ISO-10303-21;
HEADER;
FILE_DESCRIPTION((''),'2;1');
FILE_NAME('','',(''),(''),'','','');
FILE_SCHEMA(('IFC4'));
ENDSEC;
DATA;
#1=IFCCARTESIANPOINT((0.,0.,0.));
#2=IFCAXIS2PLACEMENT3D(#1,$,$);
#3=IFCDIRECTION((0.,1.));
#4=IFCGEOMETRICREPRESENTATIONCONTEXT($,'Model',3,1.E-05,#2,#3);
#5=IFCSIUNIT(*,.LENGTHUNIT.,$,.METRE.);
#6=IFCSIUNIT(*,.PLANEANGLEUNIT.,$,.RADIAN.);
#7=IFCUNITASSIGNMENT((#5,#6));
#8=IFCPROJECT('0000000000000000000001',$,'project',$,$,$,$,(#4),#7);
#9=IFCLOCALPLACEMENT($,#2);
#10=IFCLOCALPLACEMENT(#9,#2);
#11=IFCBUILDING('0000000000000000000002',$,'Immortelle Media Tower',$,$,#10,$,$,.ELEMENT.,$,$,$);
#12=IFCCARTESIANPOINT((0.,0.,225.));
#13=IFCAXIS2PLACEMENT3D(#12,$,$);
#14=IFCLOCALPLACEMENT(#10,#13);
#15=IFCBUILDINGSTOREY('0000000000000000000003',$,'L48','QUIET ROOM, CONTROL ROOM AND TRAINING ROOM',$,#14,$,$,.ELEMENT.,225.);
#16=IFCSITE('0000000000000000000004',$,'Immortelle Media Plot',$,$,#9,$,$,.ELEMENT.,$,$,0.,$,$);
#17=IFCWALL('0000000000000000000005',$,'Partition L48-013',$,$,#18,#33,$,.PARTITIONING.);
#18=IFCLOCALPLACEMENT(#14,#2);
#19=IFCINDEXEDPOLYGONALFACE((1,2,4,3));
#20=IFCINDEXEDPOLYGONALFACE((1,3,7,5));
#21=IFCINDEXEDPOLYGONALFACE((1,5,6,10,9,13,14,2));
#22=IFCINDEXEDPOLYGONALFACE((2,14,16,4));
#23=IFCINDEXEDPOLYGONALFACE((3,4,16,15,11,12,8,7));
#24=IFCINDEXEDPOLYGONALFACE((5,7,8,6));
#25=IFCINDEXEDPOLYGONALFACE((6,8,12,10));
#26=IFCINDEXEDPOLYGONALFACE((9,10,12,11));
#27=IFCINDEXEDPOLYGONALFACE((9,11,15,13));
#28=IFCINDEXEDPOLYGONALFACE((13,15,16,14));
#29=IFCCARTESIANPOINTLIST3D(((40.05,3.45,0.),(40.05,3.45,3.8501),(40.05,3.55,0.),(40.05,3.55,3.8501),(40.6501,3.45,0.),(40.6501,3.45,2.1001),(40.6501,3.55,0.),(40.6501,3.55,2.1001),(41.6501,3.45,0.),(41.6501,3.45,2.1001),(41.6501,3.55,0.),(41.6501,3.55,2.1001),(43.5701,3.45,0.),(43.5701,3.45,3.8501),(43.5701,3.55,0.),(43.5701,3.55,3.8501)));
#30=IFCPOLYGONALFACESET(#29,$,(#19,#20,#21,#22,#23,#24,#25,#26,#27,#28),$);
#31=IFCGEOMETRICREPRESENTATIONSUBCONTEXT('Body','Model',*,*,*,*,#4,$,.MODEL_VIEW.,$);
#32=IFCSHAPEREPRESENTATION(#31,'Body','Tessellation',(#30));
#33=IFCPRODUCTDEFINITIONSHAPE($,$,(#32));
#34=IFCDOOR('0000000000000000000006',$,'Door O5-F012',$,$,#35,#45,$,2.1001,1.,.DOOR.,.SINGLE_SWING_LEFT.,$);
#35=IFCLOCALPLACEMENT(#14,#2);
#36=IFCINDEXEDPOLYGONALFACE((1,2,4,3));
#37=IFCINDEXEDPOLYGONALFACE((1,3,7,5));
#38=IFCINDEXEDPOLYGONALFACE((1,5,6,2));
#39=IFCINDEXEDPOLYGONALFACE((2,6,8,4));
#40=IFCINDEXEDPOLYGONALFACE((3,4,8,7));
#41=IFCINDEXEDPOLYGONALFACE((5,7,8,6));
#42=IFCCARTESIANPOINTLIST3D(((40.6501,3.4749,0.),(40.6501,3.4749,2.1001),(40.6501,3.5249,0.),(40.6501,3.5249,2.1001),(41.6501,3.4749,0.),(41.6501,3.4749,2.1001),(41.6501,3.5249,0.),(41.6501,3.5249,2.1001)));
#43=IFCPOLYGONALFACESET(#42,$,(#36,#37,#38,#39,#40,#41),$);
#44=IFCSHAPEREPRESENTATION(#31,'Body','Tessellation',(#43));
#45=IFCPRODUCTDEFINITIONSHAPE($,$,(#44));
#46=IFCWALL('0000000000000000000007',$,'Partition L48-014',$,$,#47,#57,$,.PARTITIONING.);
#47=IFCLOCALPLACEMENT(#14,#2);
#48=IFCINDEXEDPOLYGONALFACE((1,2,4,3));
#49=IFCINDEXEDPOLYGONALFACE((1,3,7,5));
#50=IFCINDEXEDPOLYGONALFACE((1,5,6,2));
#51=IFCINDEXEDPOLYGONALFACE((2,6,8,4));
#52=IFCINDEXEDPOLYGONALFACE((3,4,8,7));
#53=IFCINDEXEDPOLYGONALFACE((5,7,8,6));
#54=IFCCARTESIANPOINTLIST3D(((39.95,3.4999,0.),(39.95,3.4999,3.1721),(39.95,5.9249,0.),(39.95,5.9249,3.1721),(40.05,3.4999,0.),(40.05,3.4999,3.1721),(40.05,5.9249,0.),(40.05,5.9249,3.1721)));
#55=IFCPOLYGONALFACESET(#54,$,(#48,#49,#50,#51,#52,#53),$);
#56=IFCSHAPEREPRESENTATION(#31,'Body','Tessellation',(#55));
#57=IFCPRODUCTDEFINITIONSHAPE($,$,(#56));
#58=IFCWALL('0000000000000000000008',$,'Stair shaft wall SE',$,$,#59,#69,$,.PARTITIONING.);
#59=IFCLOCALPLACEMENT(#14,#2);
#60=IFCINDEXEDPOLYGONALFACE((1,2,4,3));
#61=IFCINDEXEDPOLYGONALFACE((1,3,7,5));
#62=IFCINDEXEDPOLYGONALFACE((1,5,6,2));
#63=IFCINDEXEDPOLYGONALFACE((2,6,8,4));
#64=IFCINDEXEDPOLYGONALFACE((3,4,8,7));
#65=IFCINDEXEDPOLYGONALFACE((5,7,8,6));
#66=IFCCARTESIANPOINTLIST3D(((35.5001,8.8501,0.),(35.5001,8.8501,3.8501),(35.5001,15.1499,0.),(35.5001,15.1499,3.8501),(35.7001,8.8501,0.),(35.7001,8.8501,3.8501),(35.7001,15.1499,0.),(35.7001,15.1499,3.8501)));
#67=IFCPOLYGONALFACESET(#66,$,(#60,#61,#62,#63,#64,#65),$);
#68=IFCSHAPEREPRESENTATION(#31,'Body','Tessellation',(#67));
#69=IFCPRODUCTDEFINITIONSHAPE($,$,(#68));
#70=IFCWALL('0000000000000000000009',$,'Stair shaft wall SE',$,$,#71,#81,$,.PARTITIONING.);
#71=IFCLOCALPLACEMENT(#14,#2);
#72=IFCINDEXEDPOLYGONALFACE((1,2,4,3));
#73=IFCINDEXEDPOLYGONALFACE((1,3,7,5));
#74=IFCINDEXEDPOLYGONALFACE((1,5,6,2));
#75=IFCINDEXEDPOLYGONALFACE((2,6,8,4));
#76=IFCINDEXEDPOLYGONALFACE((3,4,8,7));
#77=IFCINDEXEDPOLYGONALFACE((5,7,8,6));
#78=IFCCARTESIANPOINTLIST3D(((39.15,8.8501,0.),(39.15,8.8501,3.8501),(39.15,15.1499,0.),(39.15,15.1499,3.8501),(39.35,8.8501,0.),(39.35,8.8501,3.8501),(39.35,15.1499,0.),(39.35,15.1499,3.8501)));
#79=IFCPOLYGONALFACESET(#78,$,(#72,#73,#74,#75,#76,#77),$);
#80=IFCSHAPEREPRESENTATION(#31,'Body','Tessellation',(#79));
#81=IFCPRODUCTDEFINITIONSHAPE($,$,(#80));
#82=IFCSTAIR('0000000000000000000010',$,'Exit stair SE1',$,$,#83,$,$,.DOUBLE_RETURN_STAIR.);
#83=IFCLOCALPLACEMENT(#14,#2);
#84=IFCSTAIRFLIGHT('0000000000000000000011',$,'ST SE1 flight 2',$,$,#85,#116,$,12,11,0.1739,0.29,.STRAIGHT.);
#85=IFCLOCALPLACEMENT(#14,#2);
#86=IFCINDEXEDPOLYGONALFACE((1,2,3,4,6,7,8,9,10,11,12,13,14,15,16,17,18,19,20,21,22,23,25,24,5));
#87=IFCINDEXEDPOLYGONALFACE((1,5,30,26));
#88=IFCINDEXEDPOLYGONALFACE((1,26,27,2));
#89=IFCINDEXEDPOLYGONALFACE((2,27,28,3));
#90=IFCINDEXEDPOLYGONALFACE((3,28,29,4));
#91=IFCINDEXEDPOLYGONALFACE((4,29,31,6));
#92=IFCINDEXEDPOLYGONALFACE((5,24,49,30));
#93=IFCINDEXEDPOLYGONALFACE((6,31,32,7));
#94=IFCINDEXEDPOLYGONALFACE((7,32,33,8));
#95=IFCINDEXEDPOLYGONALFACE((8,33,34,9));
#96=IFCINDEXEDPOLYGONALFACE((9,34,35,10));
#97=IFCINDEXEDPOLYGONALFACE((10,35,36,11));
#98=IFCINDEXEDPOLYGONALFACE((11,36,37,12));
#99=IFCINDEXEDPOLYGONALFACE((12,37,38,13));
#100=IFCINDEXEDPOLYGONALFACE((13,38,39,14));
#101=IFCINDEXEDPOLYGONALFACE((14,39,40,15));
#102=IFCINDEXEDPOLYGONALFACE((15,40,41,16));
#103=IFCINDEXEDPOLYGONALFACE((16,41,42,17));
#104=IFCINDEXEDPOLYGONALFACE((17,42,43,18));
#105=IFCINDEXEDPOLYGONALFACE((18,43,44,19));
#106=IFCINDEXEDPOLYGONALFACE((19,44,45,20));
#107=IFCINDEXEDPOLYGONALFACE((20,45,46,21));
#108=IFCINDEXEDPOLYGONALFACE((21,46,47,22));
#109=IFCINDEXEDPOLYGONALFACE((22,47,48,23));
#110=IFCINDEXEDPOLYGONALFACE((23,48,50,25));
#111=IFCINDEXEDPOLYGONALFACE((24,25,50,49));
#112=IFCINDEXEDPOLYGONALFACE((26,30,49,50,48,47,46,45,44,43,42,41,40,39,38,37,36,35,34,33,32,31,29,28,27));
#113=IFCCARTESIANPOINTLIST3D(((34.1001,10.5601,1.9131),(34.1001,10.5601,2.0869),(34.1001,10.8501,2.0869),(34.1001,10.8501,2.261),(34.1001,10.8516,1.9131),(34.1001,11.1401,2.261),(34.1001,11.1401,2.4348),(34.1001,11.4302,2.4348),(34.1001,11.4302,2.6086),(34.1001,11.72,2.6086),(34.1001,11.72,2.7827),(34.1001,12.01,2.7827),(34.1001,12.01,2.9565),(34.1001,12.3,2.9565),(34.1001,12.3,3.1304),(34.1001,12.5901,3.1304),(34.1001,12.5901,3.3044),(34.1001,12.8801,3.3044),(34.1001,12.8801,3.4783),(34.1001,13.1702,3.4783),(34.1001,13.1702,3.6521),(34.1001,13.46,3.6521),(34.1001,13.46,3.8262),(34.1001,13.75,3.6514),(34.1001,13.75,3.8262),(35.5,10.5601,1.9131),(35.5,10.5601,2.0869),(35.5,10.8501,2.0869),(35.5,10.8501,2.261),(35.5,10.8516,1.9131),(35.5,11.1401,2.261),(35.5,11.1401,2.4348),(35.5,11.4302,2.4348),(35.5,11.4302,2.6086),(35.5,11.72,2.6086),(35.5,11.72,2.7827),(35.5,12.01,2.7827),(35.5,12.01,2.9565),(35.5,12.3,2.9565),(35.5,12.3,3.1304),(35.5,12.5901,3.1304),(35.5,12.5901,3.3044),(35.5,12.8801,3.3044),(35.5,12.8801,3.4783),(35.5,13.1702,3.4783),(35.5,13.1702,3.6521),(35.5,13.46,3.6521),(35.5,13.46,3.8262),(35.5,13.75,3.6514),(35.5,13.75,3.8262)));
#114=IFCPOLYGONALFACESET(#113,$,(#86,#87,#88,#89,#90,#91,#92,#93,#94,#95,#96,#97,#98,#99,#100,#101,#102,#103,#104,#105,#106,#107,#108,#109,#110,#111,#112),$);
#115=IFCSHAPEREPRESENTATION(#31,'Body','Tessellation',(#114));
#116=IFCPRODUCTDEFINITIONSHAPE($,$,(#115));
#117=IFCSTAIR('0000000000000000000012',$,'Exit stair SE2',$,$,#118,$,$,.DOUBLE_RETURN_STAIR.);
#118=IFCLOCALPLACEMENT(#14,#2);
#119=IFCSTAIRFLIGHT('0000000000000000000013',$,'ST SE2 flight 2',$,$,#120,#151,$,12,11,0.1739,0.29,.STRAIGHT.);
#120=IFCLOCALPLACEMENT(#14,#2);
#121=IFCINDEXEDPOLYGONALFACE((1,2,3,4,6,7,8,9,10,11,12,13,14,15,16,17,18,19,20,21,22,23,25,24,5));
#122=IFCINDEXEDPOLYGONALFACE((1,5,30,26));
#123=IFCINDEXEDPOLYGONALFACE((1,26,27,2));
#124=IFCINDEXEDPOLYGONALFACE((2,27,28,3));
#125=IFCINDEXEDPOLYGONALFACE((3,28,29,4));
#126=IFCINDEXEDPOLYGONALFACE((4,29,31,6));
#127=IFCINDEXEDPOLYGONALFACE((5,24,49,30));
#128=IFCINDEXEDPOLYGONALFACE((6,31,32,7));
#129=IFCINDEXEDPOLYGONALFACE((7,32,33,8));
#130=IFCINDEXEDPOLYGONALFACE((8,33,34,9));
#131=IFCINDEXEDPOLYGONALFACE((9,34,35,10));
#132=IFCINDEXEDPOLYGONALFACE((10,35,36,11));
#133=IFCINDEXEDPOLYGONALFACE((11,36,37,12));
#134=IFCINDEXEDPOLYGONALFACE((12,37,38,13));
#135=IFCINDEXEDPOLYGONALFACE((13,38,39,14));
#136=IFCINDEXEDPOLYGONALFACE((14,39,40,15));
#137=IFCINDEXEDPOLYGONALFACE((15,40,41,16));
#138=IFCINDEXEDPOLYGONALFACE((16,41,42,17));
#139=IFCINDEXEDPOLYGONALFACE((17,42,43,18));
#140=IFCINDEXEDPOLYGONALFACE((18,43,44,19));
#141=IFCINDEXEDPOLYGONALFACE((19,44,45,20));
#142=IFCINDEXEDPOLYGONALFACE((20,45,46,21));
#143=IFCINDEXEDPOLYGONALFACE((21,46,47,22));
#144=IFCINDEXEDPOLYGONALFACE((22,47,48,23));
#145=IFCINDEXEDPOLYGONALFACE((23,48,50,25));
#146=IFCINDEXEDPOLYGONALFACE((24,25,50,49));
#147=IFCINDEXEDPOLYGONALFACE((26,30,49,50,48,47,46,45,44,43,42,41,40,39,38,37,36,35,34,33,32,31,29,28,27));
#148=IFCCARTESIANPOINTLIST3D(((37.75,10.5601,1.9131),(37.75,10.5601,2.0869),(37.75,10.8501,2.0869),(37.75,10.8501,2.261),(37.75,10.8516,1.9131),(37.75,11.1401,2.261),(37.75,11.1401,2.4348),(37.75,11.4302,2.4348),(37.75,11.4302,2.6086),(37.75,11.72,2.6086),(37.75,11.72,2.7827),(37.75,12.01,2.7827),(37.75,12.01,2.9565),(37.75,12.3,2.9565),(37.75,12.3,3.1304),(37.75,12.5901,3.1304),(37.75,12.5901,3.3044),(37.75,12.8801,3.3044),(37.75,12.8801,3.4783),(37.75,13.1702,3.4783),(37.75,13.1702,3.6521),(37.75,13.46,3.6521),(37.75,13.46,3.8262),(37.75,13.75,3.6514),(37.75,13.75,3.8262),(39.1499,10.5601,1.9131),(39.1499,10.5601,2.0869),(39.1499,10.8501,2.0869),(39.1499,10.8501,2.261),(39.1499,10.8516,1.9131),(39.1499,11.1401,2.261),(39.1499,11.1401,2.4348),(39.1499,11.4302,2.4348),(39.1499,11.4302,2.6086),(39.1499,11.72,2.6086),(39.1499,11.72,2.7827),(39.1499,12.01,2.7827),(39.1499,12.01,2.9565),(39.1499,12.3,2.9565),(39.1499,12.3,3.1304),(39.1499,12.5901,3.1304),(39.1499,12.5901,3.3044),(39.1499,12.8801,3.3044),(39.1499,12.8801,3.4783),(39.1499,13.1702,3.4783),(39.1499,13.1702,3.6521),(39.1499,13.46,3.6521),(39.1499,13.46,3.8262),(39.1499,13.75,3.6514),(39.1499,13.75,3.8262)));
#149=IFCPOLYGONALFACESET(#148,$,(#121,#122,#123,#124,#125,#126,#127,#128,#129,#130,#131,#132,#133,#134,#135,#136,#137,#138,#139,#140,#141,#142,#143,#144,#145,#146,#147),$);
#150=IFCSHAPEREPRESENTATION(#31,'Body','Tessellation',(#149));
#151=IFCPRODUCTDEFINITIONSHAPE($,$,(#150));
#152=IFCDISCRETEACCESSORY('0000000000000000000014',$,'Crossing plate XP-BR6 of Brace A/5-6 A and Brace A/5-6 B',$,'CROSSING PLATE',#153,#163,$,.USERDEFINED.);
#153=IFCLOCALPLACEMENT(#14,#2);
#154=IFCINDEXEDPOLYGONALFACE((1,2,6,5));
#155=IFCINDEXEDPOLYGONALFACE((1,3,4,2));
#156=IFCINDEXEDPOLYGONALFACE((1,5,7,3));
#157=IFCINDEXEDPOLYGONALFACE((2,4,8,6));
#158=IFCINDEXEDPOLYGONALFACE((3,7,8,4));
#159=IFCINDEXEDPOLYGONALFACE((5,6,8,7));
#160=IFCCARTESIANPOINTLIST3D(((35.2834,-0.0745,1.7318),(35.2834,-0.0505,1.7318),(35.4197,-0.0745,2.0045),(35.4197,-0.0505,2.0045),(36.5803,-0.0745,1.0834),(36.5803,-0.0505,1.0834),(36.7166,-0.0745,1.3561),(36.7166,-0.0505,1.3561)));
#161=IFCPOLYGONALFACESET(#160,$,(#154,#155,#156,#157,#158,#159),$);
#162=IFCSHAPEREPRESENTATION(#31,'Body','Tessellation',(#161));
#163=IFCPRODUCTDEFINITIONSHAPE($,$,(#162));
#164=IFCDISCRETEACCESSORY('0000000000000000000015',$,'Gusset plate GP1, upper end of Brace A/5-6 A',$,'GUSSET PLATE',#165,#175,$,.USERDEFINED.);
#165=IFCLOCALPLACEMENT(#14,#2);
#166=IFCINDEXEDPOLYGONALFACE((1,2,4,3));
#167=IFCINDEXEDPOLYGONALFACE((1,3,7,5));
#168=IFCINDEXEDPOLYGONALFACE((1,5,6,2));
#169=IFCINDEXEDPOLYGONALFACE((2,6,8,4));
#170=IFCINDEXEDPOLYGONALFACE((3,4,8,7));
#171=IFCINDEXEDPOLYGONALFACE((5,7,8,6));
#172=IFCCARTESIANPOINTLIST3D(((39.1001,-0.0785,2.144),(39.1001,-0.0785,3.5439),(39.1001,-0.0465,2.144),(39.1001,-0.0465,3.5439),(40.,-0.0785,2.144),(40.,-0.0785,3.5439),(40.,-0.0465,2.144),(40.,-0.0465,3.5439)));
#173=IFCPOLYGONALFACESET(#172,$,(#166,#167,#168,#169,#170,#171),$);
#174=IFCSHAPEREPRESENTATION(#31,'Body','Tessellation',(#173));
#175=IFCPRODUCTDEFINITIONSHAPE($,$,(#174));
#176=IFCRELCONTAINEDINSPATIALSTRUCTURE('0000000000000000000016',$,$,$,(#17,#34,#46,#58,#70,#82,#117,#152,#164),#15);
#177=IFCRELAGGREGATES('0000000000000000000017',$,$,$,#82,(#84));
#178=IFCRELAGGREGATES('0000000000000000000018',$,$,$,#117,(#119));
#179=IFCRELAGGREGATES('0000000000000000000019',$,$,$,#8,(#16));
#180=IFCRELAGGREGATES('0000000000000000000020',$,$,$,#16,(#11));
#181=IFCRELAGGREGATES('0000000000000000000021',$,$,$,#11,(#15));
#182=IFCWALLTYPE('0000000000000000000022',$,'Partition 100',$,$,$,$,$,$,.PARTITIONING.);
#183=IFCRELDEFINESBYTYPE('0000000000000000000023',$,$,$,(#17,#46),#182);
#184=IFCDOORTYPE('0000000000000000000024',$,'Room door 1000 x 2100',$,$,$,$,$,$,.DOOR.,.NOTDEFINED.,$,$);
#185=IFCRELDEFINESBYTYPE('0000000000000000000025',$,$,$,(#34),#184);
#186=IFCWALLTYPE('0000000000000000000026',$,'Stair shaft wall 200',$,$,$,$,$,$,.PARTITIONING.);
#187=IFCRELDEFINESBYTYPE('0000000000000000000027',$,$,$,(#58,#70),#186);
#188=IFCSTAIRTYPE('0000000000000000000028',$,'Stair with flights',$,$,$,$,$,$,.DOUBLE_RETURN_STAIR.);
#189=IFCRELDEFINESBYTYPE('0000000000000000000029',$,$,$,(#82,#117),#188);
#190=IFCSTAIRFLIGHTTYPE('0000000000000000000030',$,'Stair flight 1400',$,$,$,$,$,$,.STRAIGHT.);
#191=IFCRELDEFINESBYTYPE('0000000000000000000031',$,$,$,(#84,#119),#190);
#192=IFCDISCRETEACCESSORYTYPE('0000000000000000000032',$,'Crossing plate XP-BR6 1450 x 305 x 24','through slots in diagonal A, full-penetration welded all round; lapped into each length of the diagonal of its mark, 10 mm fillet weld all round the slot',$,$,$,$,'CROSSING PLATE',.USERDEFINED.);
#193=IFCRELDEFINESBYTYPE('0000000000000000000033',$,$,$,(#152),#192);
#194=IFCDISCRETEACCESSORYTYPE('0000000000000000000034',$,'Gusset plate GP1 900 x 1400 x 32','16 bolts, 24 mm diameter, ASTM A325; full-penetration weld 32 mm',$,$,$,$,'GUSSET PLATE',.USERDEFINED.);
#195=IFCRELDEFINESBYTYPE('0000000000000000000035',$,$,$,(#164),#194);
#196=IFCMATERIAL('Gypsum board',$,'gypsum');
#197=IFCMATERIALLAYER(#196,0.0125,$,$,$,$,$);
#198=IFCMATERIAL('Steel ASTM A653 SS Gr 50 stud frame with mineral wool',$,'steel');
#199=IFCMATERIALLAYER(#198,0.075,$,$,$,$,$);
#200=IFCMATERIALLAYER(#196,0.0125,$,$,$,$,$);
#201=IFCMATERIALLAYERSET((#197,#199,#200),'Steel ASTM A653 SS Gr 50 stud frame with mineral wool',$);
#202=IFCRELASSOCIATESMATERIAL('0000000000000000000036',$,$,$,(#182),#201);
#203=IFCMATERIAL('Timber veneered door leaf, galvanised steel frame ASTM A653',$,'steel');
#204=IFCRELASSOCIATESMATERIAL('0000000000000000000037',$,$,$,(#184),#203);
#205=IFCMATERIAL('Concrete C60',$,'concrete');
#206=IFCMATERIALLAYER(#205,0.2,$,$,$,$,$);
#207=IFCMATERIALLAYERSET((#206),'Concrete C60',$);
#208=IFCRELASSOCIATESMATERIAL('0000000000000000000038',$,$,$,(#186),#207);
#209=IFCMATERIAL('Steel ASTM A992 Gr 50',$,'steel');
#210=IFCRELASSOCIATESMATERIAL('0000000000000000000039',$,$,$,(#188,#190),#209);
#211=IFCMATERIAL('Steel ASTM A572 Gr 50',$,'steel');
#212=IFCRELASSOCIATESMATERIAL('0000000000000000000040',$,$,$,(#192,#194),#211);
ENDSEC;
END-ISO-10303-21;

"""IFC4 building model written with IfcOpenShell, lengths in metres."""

from ifc_helpers import new_model, si_unit, direction, frame, frame_2d, origin, origin_2d, place, context, subcontext, project, spatial, polyline, rectangle, outline, extrude, material, layer, layer_set, material_profile, profile_set, type_object, element, fill, aggregate, save


model = new_model("IFC4")

# Units and contexts
model_context = context("Model", 3, precision=1e-05, world=origin(), true_north=direction((0.0, 1.0)))
body_context = subcontext(model_context, "Body", "Model", "MODEL_VIEW")
ifc_project = project(units=[si_unit("LENGTHUNIT", "METRE"), si_unit("PLANEANGLEUNIT", "RADIAN")], contexts=[model_context])

# Site, building, storey
site_placement = place(None, origin())
site = spatial("IfcSite", under=ifc_project, at=site_placement, Name="Immortelle Media Plot", CompositionType="ELEMENT", RefElevation=0.0)
building_placement = place(site_placement, origin())
building = spatial("IfcBuilding", under=site, at=building_placement, Name="Immortelle Media Tower", CompositionType="ELEMENT")
storey_placement = place(building_placement, frame((0.0, 0.0, 225.0)))
storey = spatial("IfcBuildingStorey", under=building, at=storey_placement, Name="L48", Description="QUIET ROOM, CONTROL ROOM AND TRAINING ROOM", CompositionType="ELEMENT", Elevation=225.0)

# Shared definitions
ifc_material_1 = material(Name="Steel ASTM A992 Gr 50", Category="steel")

# Shared definitions
ifc_material_2 = material(Name="Steel ASTM A653 SS Gr 50 stud frame with mineral wool", Category="steel")
ifc_material_3 = material(Name="Gypsum board", Category="gypsum")
ifc_layer_1 = layer(ifc_material_3, 0.0125)
ifc_layer_2 = layer(ifc_material_2, 0.075)
ifc_layer_3 = layer(ifc_material_3, 0.0125)
ifc_layer_set_1 = layer_set([ifc_layer_1, ifc_layer_2, ifc_layer_3], Name="Steel ASTM A653 SS Gr 50 stud frame with mineral wool")
wall_type_1 = type_object("IfcWallType", Name="Partition 100", PredefinedType="PARTITIONING", material=ifc_layer_set_1)

# Wall, opening, door
wall_1_placement = place(storey_placement, frame((40.05, 3.5, 0.0), z_axis=(0.0, 0.0, 1.0), x_axis=(1.0, 0.0, 0.0)))
wall_1 = element("IfcWall", 1, at=wall_1_placement, inside=storey, type_object=wall_type_1, Name="Partition L48-013", PredefinedType="PARTITIONING", context=body_context, shape_type="SweptSolid", body=[
    extrude(rectangle(XDim=3.52, YDim=0.1001, at=frame_2d((1.76, 0.0))), origin(), (0.0, 0.0, 1.0), 3.8501),
])
opening_placement = place(wall_1_placement, frame((0.6001, 0.0, 0.0)))
opening = element("IfcOpeningElement", 2, at=opening_placement, cuts=wall_1, PredefinedType="OPENING", context=body_context, shape_type="SweptSolid", body=[
    extrude(rectangle(XDim=1.0, YDim=2.1001, at=frame_2d((0.5, 1.05))), frame((0.0, 0.0601, 0.0), z_axis=(0.0, -1.0, 0.0), x_axis=(1.0, 0.0, 0.0)), (0.0, 0.0, 1.0), 0.1201),
])
ifc_material_4 = material(Name="Timber veneered door leaf, galvanised steel frame ASTM A653", Category="steel")
door_type = type_object("IfcDoorType", Name="Room door 1000 x 2100", OperationType="NOTDEFINED", PredefinedType="DOOR", material=ifc_material_4)
door_placement = place(opening_placement, origin())
door = element("IfcDoor", 3, at=door_placement, inside=storey, type_object=door_type, Name="Door O5-F012", OperationType="SINGLE_SWING_LEFT", OverallHeight=2.1001, OverallWidth=1.0, PredefinedType="DOOR", context=body_context, shape_type="SweptSolid", body=[
    extrude(rectangle(XDim=1.0, YDim=2.1001, at=frame_2d((0.5, 1.05))), frame((0.0, 0.0249, 0.0), z_axis=(0.0, -1.0, 0.0), x_axis=(1.0, 0.0, 0.0)), (0.0, 0.0, 1.0), 0.05),
])
fill(opening, door)

# Walls
wall_2_placement = place(storey_placement, frame((40.0, 3.5, 0.0), z_axis=(0.0, 0.0, 1.0), x_axis=(0.0, 1.0, 0.0)))
element("IfcWall", 4, at=wall_2_placement, inside=storey, type_object=wall_type_1, Name="Partition L48-014", PredefinedType="PARTITIONING", context=body_context, shape_type="SweptSolid", body=[
    extrude(rectangle(XDim=2.425, YDim=0.1001, at=frame_2d((1.2124, 0.0))), origin(), (0.0, 0.0, 1.0), 3.1721),
])
ifc_material_5 = material(Name="Concrete C60", Category="concrete")
ifc_layer_4 = layer(ifc_material_5, 0.2)
ifc_layer_set_2 = layer_set([ifc_layer_4], Name="Concrete C60")
wall_type_2 = type_object("IfcWallType", Name="Stair shaft wall 200", PredefinedType="PARTITIONING", material=ifc_layer_set_2)
for number, where, z_axis, x_axis, name in (
    (5, (35.6001, 8.8501, 0.0), (0.0, 0.0, 1.0), (0.0, 1.0, 0.0), "Stair shaft wall SE"),
    (6, (39.25, 8.8501, 0.0), (0.0, 0.0, 1.0), (0.0, 1.0, 0.0), "Stair shaft wall SE"),
):
    element("IfcWall", number, at=place(storey_placement, frame(where, z_axis=z_axis, x_axis=x_axis)), inside=storey, type_object=wall_type_2, Name=name, PredefinedType="PARTITIONING", context=body_context, shape_type="SweptSolid", body=[
        extrude(rectangle(XDim=6.2998, YDim=0.2, at=frame_2d((3.1499, 0.0))), origin(), (0.0, 0.0, 1.0), 3.8501),
    ])

# Stairs, stair flights
stair_type = type_object("IfcStairType", Name="Stair with flights", PredefinedType="DOUBLE_RETURN_STAIR", material=ifc_material_1)
stair_1_placement = place(storey_placement, origin())
stair_1 = element("IfcStair", 7, at=stair_1_placement, inside=storey, type_object=stair_type, Name="Exit stair SE1", PredefinedType="DOUBLE_RETURN_STAIR")
stair_flight_type = type_object("IfcStairFlightType", Name="Stair flight 1400", PredefinedType="STRAIGHT", material=ifc_material_1)
stair_flight_1_placement = place(storey_placement, frame((34.8, 10.5601, 1.9131), z_axis=(0.0, 0.0, 1.0), x_axis=(0.0, 1.0, 0.0)))
stair_flight_1 = element("IfcStairFlight", 8, at=stair_flight_1_placement, type_object=stair_flight_type, Name="ST SE1 flight 2", NumberOfRisers=12, NumberOfTreads=11, PredefinedType="STRAIGHT", RiserHeight=0.1739, TreadLength=0.29, context=body_context, shape_type="SweptSolid", body=[
    extrude(outline(polyline([(0.0, 0.0), (0.0, 0.1738), (0.29, 0.1738), (0.29, 0.3479), (0.5801, 0.3479), (0.5801, 0.5217), (0.8701, 0.5217), (0.8701, 0.6956), (1.1599, 0.6956), (1.1599, 0.8696), (1.45, 0.8696), (1.45, 1.0435), (1.74, 1.0435), (1.74, 1.2173), (2.03, 1.2173), (2.03, 1.3914), (2.3201, 1.3914), (2.3201, 1.5652), (2.6101, 1.5652), (2.6101, 1.739), (2.8999, 1.739), (2.8999, 1.9131), (3.1899, 1.9131), (3.1899, 2.0869), (3.1899, 1.7383), (0.2915, 0.0), (0.0, 0.0)])), frame((0.0, 0.7, 0.0), z_axis=(0.0, -1.0, 0.0), x_axis=(1.0, 0.0, 0.0)), (0.0, 0.0, 1.0), 1.3999),
])
aggregate(stair_1, [stair_flight_1])
stair_2_placement = place(storey_placement, origin())
stair_2 = element("IfcStair", 9, at=stair_2_placement, inside=storey, type_object=stair_type, Name="Exit stair SE2", PredefinedType="DOUBLE_RETURN_STAIR")
stair_flight_2_placement = place(storey_placement, frame((38.45, 10.5601, 1.9131), z_axis=(0.0, 0.0, 1.0), x_axis=(0.0, 1.0, 0.0)))
stair_flight_2 = element("IfcStairFlight", 10, at=stair_flight_2_placement, type_object=stair_flight_type, Name="ST SE2 flight 2", NumberOfRisers=12, NumberOfTreads=11, PredefinedType="STRAIGHT", RiserHeight=0.1739, TreadLength=0.29, context=body_context, shape_type="SweptSolid", body=[
    extrude(outline(polyline([(0.0, 0.0), (0.0, 0.1738), (0.29, 0.1738), (0.29, 0.3479), (0.5801, 0.3479), (0.5801, 0.5217), (0.8701, 0.5217), (0.8701, 0.6956), (1.1599, 0.6956), (1.1599, 0.8696), (1.45, 0.8696), (1.45, 1.0435), (1.74, 1.0435), (1.74, 1.2173), (2.03, 1.2173), (2.03, 1.3914), (2.3201, 1.3914), (2.3201, 1.5652), (2.6101, 1.5652), (2.6101, 1.739), (2.8999, 1.739), (2.8999, 1.9131), (3.1899, 1.9131), (3.1899, 2.0869), (3.1899, 1.7383), (0.2915, 0.0), (0.0, 0.0)])), frame((0.0, 0.7, 0.0), z_axis=(0.0, -1.0, 0.0), x_axis=(1.0, 0.0, 0.0)), (0.0, 0.0, 1.0), 1.3999),
])
aggregate(stair_2, [stair_flight_2])

# Discrete accessories
ifc_material_6 = material(Name="Steel ASTM A572 Gr 50", Category="steel")
ifc_material_profile_1 = material_profile(ifc_material_6, rectangle(XDim=0.0239, YDim=0.3049, at=origin_2d()), Name="PL 24 x 305")
ifc_profile_set_1 = profile_set([ifc_material_profile_1], Name="Steel ASTM A572 Gr 50")
discrete_accessory_type_1 = type_object("IfcDiscreteAccessoryType", Name="Crossing plate XP-BR6 1450 x 305 x 24", Description="through slots in diagonal A, full-penetration welded all round; lapped into each length of the diagonal of its mark, 10 mm fillet weld all round the slot", ElementType="CROSSING PLATE", PredefinedType="USERDEFINED", material=ifc_profile_set_1)
discrete_accessory_placement = place(storey_placement, frame((35.3516, -0.0625, 1.8682), z_axis=(0.894427, 0.0, -0.447214), x_axis=(0.0, 1.0, 0.0)))
element("IfcDiscreteAccessory", 11, at=discrete_accessory_placement, inside=storey, type_object=discrete_accessory_type_1, Name="Crossing plate XP-BR6 of Brace A/5-6 A and Brace A/5-6 B", ObjectType="CROSSING PLATE", PredefinedType="USERDEFINED", context=body_context, shape_type="SweptSolid", body=[
    extrude(rectangle(XDim=0.0239, YDim=0.3049, at=origin_2d()), origin(), (0.0, 0.0, 1.0), 1.45),
])
ifc_material_profile_2 = material_profile(ifc_material_6, rectangle(XDim=0.032, YDim=1.3999, at=origin_2d()), Name="PL 32 x 1400")
ifc_profile_set_2 = profile_set([ifc_material_profile_2], Name="Steel ASTM A572 Gr 50")
discrete_accessory_type_2 = type_object("IfcDiscreteAccessoryType", Name="Gusset plate GP1 900 x 1400 x 32", Description="16 bolts, 24 mm diameter, ASTM A325; full-penetration weld 32 mm", ElementType="GUSSET PLATE", PredefinedType="USERDEFINED", material=ifc_profile_set_2)
for number, where, z_axis, x_axis, name in (
    (12, (40.0, -0.0625, 2.844), (-1.0, 0.0, 0.0), (0.0, -1.0, 0.0), "Gusset plate GP1, upper end of Brace A/5-6 A"),
):
    element("IfcDiscreteAccessory", number, at=place(storey_placement, frame(where, z_axis=z_axis, x_axis=x_axis)), inside=storey, type_object=discrete_accessory_type_2, Name=name, ObjectType="GUSSET PLATE", PredefinedType="USERDEFINED", context=body_context, shape_type="SweptSolid", body=[
        extrude(rectangle(XDim=0.032, YDim=1.3999, at=origin_2d()), origin(), (0.0, 0.0, 1.0), 0.8999),
    ])

save(model, "model.ifc")
